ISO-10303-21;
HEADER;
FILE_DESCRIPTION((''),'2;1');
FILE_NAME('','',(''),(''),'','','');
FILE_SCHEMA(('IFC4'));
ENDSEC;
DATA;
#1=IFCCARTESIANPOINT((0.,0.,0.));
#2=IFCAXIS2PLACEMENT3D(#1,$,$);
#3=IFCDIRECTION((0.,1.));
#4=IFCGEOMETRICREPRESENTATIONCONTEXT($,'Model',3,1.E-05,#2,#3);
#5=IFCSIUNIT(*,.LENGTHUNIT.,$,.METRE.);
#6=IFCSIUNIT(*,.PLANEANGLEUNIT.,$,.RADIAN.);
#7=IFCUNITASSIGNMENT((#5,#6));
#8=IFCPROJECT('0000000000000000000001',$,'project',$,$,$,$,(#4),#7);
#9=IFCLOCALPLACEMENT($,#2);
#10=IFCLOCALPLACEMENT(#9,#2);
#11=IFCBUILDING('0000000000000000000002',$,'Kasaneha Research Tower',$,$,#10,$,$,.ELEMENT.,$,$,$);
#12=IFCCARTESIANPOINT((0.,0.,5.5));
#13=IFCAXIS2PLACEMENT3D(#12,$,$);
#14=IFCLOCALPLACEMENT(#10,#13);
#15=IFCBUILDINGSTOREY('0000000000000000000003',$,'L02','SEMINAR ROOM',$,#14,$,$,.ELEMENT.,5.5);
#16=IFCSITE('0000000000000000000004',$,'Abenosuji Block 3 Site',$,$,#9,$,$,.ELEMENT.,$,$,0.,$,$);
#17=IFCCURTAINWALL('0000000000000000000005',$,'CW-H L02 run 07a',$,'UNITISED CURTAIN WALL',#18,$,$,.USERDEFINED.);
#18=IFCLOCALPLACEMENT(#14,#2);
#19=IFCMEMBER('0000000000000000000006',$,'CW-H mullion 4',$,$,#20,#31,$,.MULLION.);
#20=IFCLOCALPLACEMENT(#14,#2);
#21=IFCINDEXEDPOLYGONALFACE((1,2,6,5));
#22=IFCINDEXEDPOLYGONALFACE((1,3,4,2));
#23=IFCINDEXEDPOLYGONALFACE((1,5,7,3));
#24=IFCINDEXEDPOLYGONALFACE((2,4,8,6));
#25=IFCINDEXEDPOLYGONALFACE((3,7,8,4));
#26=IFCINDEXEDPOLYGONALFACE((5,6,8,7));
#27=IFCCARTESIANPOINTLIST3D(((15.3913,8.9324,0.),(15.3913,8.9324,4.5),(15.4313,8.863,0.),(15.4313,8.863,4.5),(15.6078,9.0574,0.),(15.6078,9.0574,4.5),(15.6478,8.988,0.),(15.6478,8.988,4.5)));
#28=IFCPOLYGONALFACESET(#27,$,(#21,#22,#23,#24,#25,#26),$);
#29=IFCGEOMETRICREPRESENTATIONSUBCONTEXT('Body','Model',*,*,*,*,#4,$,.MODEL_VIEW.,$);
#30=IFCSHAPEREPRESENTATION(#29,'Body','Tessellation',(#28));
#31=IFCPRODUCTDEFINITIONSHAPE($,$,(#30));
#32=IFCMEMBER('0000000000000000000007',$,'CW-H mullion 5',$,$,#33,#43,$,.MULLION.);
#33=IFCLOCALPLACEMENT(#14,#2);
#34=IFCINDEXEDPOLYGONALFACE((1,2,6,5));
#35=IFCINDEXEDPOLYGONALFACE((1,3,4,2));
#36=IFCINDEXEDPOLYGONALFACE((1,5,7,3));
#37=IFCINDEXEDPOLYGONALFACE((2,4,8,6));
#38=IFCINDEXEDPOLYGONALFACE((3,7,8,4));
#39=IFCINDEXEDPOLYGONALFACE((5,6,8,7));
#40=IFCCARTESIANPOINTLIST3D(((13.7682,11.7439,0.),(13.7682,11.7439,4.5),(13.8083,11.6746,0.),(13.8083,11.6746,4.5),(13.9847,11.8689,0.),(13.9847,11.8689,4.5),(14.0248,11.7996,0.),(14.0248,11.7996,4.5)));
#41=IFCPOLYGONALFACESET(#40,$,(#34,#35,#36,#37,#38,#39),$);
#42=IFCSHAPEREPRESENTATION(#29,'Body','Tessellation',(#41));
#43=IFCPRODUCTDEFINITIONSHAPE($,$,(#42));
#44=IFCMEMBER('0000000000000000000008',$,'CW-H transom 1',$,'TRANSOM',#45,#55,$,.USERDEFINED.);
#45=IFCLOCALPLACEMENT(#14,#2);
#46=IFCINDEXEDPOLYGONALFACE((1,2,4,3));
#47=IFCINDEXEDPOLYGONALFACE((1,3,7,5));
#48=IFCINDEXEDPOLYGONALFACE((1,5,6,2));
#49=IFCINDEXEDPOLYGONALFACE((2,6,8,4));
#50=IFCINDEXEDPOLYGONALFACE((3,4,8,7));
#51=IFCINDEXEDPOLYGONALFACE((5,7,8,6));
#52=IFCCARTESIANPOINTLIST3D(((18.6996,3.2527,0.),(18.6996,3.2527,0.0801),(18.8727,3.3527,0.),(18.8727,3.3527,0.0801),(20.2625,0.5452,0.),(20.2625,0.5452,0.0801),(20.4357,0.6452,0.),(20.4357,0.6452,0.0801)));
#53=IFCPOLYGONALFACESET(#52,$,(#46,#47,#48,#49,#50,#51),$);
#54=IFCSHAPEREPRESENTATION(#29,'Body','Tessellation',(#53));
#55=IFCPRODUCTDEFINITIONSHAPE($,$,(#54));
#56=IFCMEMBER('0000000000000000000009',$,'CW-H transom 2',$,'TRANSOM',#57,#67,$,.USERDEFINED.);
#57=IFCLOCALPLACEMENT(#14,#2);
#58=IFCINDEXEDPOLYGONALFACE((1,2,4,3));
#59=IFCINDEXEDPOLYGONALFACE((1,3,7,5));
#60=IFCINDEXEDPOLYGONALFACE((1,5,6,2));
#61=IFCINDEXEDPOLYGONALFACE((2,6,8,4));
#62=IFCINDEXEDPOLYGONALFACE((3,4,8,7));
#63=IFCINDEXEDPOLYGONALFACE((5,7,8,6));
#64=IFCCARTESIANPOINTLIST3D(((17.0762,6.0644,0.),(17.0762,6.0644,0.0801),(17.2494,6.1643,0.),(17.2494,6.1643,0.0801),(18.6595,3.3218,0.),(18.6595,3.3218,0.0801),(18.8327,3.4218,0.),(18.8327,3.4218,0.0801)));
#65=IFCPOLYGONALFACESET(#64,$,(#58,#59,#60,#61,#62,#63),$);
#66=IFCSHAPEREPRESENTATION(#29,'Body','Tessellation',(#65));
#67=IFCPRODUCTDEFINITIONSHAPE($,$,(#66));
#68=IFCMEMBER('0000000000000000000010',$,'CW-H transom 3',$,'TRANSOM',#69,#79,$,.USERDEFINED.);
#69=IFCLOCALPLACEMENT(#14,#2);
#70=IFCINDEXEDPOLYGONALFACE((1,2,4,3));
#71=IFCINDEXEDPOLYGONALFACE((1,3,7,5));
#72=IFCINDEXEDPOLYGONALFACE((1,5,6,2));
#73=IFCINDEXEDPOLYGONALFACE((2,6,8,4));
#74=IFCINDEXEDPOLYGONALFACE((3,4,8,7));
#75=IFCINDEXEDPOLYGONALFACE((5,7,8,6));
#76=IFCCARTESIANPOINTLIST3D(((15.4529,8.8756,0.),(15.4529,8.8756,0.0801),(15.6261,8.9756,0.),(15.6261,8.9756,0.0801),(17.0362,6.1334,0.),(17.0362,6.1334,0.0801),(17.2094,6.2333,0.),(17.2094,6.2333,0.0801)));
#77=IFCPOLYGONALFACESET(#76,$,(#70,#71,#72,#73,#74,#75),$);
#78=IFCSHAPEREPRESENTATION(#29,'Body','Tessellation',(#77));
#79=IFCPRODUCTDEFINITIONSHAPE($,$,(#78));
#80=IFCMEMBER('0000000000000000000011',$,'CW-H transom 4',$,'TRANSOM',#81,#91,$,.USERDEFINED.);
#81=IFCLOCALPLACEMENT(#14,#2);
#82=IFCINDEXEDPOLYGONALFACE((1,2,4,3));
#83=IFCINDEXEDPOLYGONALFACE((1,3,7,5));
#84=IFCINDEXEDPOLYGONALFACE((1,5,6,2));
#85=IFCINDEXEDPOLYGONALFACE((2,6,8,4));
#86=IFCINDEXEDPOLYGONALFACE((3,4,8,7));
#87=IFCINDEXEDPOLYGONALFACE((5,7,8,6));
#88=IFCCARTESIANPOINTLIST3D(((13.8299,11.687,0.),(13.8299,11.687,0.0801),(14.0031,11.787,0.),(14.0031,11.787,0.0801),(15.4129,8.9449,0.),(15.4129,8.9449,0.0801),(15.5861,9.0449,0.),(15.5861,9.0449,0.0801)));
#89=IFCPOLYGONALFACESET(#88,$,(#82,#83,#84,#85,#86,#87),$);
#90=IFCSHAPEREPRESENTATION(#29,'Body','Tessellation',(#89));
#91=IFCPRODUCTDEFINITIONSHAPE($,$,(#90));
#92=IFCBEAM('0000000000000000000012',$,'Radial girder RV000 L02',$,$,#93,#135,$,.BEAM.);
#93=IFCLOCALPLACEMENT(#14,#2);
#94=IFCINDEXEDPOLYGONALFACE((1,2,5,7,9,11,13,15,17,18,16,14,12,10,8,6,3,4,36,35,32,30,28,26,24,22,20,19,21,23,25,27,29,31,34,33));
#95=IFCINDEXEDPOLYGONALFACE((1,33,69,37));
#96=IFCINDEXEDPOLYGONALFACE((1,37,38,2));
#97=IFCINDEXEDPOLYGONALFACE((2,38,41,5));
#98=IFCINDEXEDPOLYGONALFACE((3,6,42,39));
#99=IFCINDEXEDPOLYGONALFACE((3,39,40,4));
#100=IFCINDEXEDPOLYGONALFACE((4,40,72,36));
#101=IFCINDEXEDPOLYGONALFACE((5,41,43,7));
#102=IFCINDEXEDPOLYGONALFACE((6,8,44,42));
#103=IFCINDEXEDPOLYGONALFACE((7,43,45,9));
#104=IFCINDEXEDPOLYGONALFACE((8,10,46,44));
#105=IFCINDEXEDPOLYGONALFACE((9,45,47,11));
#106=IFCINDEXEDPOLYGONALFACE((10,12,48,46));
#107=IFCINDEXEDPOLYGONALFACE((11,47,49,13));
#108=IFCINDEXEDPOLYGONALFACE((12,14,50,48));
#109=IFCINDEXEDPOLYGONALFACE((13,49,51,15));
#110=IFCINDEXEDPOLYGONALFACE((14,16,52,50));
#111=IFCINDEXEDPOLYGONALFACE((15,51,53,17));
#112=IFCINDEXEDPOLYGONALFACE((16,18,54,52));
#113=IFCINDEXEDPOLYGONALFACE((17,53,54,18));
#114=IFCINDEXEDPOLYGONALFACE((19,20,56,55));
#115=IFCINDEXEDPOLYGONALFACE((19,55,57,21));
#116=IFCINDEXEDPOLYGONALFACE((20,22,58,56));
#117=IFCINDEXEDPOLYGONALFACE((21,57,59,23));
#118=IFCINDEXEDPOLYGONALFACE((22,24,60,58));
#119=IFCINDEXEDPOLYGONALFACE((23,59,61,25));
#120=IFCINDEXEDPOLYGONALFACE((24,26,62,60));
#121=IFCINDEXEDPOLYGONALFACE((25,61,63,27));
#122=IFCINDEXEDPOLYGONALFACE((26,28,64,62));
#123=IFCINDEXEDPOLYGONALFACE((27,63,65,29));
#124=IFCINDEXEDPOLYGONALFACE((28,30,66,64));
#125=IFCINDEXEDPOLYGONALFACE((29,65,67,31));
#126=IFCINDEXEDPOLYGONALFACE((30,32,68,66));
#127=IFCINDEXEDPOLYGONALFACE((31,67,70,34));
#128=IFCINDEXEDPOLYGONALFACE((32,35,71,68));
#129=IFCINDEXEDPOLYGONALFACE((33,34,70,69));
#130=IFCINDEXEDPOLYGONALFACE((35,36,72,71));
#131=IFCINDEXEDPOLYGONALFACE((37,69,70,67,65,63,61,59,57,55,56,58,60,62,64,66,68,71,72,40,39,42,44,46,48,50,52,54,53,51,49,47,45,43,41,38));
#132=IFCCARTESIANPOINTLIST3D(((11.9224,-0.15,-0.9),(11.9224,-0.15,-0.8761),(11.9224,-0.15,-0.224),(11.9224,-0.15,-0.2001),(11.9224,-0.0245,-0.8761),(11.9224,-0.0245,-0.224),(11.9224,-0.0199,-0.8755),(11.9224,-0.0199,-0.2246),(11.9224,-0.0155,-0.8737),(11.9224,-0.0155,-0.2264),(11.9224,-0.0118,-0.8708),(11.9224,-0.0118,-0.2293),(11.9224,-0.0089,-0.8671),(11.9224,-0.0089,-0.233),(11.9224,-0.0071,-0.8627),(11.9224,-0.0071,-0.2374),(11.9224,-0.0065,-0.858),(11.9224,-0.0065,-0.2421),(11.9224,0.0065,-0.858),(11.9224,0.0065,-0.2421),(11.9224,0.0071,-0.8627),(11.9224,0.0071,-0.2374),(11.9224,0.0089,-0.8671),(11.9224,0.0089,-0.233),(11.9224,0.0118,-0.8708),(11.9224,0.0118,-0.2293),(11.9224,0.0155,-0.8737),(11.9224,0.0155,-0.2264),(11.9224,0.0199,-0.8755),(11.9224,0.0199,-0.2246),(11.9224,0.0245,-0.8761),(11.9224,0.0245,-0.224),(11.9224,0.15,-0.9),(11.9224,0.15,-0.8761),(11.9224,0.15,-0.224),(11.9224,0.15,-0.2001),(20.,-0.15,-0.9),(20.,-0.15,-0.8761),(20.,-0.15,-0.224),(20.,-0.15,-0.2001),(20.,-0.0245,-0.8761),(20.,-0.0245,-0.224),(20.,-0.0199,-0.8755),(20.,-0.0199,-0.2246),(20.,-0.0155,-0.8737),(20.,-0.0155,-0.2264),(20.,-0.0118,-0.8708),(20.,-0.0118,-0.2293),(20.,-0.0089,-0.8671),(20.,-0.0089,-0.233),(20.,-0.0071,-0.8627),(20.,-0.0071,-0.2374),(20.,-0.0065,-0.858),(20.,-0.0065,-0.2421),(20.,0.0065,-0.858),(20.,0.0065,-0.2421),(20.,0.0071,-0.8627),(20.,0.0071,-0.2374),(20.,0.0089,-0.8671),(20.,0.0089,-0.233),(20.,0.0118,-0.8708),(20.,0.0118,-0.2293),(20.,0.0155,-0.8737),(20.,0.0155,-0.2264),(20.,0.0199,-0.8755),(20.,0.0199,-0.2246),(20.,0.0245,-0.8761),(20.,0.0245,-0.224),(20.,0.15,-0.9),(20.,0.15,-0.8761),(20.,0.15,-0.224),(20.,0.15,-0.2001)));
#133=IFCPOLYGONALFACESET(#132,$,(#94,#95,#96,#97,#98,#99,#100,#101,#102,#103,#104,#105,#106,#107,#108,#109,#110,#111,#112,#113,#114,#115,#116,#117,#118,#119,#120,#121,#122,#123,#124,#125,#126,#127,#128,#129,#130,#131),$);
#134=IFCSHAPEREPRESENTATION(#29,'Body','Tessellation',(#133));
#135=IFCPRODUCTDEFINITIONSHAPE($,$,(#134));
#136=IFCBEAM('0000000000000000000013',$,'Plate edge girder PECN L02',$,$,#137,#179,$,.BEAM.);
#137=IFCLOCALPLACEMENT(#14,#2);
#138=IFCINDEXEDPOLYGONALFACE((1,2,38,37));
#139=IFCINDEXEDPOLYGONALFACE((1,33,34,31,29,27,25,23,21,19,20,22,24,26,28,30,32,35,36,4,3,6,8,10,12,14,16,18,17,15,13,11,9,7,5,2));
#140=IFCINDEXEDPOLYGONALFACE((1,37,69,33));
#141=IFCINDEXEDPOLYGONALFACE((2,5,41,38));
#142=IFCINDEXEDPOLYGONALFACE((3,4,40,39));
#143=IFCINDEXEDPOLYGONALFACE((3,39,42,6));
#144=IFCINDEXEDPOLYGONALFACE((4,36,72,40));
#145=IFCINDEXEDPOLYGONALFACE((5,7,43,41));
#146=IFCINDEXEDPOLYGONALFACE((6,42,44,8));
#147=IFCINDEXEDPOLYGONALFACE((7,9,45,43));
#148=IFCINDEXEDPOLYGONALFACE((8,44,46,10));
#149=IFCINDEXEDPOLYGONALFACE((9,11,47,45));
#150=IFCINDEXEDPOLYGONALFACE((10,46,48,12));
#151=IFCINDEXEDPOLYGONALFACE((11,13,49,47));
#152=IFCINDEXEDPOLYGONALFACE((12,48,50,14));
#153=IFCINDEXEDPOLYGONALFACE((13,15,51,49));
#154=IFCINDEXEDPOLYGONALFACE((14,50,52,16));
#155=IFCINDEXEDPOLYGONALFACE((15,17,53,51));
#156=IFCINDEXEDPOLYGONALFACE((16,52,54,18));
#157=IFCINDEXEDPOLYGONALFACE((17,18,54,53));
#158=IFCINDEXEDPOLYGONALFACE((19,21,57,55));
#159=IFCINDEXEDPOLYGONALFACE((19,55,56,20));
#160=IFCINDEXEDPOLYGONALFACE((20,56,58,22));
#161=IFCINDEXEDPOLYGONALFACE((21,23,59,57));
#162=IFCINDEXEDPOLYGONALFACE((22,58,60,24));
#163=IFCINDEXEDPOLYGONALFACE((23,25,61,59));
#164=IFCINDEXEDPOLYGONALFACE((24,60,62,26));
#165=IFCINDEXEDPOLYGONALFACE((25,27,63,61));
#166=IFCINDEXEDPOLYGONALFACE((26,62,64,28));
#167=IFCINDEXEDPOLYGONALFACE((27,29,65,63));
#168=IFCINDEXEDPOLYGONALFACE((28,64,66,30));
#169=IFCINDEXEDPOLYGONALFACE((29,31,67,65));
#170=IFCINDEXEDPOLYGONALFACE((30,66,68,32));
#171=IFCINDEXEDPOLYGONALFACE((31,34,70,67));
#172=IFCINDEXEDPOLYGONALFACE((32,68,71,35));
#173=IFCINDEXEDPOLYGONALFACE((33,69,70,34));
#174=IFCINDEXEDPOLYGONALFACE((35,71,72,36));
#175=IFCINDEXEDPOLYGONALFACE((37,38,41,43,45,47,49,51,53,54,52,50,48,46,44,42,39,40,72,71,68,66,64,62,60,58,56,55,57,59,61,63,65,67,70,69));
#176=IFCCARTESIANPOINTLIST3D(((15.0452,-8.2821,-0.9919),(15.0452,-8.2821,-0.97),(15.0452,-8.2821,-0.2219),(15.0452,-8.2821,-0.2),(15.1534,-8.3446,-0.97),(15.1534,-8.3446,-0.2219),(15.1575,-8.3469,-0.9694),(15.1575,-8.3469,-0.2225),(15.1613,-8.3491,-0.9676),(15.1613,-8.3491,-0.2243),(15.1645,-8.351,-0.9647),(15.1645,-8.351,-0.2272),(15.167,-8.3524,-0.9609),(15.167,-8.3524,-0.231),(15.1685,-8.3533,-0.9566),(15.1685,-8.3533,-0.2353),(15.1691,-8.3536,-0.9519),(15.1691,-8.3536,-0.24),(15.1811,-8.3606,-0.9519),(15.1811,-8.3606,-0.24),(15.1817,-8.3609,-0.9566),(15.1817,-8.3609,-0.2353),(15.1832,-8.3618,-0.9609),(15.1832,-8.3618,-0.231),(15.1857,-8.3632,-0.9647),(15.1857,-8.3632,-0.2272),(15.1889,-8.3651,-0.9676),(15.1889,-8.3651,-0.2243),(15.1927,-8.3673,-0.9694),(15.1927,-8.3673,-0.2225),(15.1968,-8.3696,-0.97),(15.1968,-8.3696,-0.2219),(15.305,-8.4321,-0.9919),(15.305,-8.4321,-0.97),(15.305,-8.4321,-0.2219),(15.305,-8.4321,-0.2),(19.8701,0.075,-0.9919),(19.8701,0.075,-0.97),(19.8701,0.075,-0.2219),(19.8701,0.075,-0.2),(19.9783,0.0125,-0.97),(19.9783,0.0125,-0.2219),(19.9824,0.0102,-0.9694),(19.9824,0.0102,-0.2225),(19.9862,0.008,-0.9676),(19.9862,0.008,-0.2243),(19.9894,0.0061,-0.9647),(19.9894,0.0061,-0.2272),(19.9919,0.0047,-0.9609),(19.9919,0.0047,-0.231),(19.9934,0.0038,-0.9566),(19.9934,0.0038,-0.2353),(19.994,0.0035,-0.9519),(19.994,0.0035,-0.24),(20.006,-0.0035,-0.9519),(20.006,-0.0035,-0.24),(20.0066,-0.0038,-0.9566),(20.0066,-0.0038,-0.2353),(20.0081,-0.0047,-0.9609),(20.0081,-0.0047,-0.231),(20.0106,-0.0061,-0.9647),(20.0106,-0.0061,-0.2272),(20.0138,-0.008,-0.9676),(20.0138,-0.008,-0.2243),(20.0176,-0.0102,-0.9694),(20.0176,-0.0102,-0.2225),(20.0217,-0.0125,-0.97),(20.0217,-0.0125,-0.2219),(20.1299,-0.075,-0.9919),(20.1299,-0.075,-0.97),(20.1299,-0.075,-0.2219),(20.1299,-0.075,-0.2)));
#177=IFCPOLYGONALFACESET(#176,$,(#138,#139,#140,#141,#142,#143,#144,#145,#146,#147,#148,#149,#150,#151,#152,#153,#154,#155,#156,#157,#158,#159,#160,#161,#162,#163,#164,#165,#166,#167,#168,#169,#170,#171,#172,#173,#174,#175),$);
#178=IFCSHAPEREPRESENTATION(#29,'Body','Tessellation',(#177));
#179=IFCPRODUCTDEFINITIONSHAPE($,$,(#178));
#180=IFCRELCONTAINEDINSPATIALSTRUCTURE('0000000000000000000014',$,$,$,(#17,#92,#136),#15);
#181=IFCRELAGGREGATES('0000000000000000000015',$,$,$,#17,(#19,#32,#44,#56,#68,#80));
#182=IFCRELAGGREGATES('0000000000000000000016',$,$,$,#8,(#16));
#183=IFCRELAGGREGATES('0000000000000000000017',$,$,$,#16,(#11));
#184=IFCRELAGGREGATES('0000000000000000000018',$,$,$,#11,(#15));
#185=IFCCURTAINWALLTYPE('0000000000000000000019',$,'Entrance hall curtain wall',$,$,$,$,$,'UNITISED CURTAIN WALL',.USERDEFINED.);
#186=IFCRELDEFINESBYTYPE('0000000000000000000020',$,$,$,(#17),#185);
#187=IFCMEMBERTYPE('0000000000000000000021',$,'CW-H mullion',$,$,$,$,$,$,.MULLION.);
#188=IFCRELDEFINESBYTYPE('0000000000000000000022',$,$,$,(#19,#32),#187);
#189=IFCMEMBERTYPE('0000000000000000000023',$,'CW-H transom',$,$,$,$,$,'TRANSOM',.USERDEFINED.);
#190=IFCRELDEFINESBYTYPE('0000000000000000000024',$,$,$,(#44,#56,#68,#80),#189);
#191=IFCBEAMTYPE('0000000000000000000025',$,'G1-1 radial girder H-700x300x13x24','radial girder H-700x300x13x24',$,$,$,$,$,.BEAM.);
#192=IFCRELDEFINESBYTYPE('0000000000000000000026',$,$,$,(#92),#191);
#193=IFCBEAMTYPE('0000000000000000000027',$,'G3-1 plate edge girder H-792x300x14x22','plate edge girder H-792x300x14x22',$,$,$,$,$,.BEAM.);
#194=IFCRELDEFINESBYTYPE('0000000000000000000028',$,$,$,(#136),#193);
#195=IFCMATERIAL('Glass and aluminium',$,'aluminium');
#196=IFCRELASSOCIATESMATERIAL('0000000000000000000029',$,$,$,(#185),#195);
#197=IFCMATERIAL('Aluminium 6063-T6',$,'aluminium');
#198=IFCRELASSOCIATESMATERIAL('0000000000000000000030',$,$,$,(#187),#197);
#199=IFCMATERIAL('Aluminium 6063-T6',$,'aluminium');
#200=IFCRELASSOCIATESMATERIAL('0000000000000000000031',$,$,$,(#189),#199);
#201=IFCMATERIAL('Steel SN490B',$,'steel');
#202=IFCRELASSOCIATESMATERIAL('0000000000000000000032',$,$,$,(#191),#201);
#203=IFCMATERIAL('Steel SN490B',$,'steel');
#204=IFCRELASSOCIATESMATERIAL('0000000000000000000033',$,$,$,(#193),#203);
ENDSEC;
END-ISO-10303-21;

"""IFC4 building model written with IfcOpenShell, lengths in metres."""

from ifc_helpers import new_model, si_unit, direction, frame, origin, origin_2d, place, context, subcontext, project, spatial, rectangle, i_section, extrude, material, material_profile, profile_set, type_object, element, aggregate, save


model = new_model("IFC4")

# Units and contexts
model_context = context("Model", 3, precision=1e-05, world=origin(), true_north=direction((0.0, 1.0)))
body_context = subcontext(model_context, "Body", "Model", "MODEL_VIEW")
ifc_project = project(units=[si_unit("LENGTHUNIT", "METRE"), si_unit("PLANEANGLEUNIT", "RADIAN")], contexts=[model_context])

# Site, building, storey
site_placement = place(None, origin())
site = spatial("IfcSite", under=ifc_project, at=site_placement, Name="Abenosuji Block 3 Site", CompositionType="ELEMENT", RefElevation=0.0)
building_placement = place(site_placement, origin())
building = spatial("IfcBuilding", under=site, at=building_placement, Name="Kasaneha Research Tower", CompositionType="ELEMENT")
storey_placement = place(building_placement, frame((0.0, 0.0, 5.5)))
storey = spatial("IfcBuildingStorey", under=building, at=storey_placement, Name="L02", Description="SEMINAR ROOM", CompositionType="ELEMENT", Elevation=5.5)

# Shared definitions
ifc_material_1 = material(Name="Glass and aluminium", Category="aluminium")
curtain_wall_type = type_object("IfcCurtainWallType", Name="Entrance hall curtain wall", ElementType="UNITISED CURTAIN WALL", PredefinedType="USERDEFINED", material=ifc_material_1)
ifc_material_2 = material(Name="Aluminium 6063-T6", Category="aluminium")
ifc_material_profile_1 = material_profile(ifc_material_2, rectangle(XDim=0.0801, YDim=0.25, at=origin_2d()), Name="CW-H mullion 80x250")
ifc_profile_set_1 = profile_set([ifc_material_profile_1], Name="Aluminium 6063-T6")
member_type_1 = type_object("IfcMemberType", Name="CW-H mullion", PredefinedType="MULLION", material=ifc_profile_set_1)

# Curtain wall, members
curtain_wall_1_placement = place(storey_placement, origin())
curtain_wall_1 = element("IfcCurtainWall", 1, at=curtain_wall_1_placement, inside=storey, type_object=curtain_wall_type, Name="CW-H L02 run 07a", ObjectType="UNITISED CURTAIN WALL", PredefinedType="USERDEFINED")
member_1_placement = place(storey_placement, frame((15.5195, 8.9602, 0.0), z_axis=(0.0, 0.0, 1.0), x_axis=(-0.5, 0.866025, 0.0)))
member_1 = element("IfcMember", 2, at=member_1_placement, type_object=member_type_1, Name="CW-H mullion 4", PredefinedType="MULLION", context=body_context, shape_type="SweptSolid", body=[
    extrude(rectangle(XDim=0.0801, YDim=0.25, at=origin_2d()), origin(), (0.0, 0.0, 1.0), 4.5),
])
member_2_placement = place(storey_placement, frame((13.8965, 11.7717, 0.0), z_axis=(0.0, 0.0, 1.0), x_axis=(-0.5, 0.866025, 0.0)))
member_2 = element("IfcMember", 3, at=member_2_placement, type_object=member_type_1, Name="CW-H mullion 5", PredefinedType="MULLION", context=body_context, shape_type="SweptSolid", body=[
    extrude(rectangle(XDim=0.0801, YDim=0.25, at=origin_2d()), origin(), (0.0, 0.0, 1.0), 4.5),
])
ifc_material_3 = material(Name="Aluminium 6063-T6", Category="aluminium")
ifc_material_profile_2 = material_profile(ifc_material_3, rectangle(XDim=0.2, YDim=0.0801, at=origin_2d()), Name="CW-H transom 200x80")
ifc_profile_set_2 = profile_set([ifc_material_profile_2], Name="Aluminium 6063-T6")
member_type_2 = type_object("IfcMemberType", Name="CW-H transom", ElementType="TRANSOM", PredefinedType="USERDEFINED", material=ifc_profile_set_2)
member_3_placement = place(storey_placement, frame((20.3491, 0.5952, 0.04), z_axis=(-0.499952, 0.866053, 0.0), x_axis=(-0.866053, -0.499952, 0.0)))
member_3 = element("IfcMember", 4, at=member_3_placement, type_object=member_type_2, Name="CW-H transom 1", ObjectType="TRANSOM", PredefinedType="USERDEFINED", context=body_context, shape_type="SweptSolid", body=[
    extrude(rectangle(XDim=0.2, YDim=0.0801, at=origin_2d()), origin(), (0.0, 0.0, 1.0), 3.1262),
])
member_4_placement = place(storey_placement, frame((18.7461, 3.3718, 0.04), z_axis=(-0.499978, 0.866038, 0.0), x_axis=(-0.866038, -0.499978, 0.0)))
member_4 = element("IfcMember", 5, at=member_4_placement, type_object=member_type_2, Name="CW-H transom 2", ObjectType="TRANSOM", PredefinedType="USERDEFINED", context=body_context, shape_type="SweptSolid", body=[
    extrude(rectangle(XDim=0.2, YDim=0.0801, at=origin_2d()), origin(), (0.0, 0.0, 1.0), 3.1667),
])
member_5_placement = place(storey_placement, frame((17.1228, 6.1833, 0.04), z_axis=(-0.500012, 0.866019, 0.0), x_axis=(-0.866019, -0.500012, 0.0)))
member_5 = element("IfcMember", 6, at=member_5_placement, type_object=member_type_2, Name="CW-H transom 3", ObjectType="TRANSOM", PredefinedType="USERDEFINED", context=body_context, shape_type="SweptSolid", body=[
    extrude(rectangle(XDim=0.2, YDim=0.0801, at=origin_2d()), origin(), (0.0, 0.0, 1.0), 3.1665),
])
member_6_placement = place(storey_placement, frame((15.4995, 8.9949, 0.04), z_axis=(-0.499954, 0.866052, 0.0), x_axis=(-0.866052, -0.499954, 0.0)))
member_6 = element("IfcMember", 7, at=member_6_placement, type_object=member_type_2, Name="CW-H transom 4", ObjectType="TRANSOM", PredefinedType="USERDEFINED", context=body_context, shape_type="SweptSolid", body=[
    extrude(rectangle(XDim=0.2, YDim=0.0801, at=origin_2d()), origin(), (0.0, 0.0, 1.0), 3.1663),
])

# Beams
ifc_material_4 = material(Name="Steel SN490B", Category="steel")
ifc_material_profile_3 = material_profile(ifc_material_4, i_section(OverallWidth=0.3, OverallDepth=0.7, WebThickness=0.0129, FlangeThickness=0.0239, FilletRadius=0.0181, at=origin_2d()), Name="H-700x300x13x24")
ifc_profile_set_3 = profile_set([ifc_material_profile_3], Name="Steel SN490B")
beam_type_1 = type_object("IfcBeamType", Name="G1-1 radial girder H-700x300x13x24", Description="radial girder H-700x300x13x24", PredefinedType="BEAM", material=ifc_profile_set_3)
beam_1_placement = place(storey_placement, frame((11.9224, 0.0, -0.55), z_axis=(1.0, 0.0, 0.0), x_axis=(0.0, 1.0, 0.0)))
element("IfcBeam", 8, at=beam_1_placement, inside=storey, type_object=beam_type_1, Name="Radial girder RV000 L02", PredefinedType="BEAM", context=body_context, shape_type="SweptSolid", body=[
    extrude(i_section(OverallWidth=0.3, OverallDepth=0.7, WebThickness=0.0129, FlangeThickness=0.0239, FilletRadius=0.0181, at=origin_2d()), origin(), (0.0, 0.0, 1.0), 8.0776),
])
ifc_material_5 = material(Name="Steel SN490B", Category="steel")
ifc_material_profile_4 = material_profile(ifc_material_5, i_section(OverallWidth=0.3, OverallDepth=0.792, WebThickness=0.0139, FlangeThickness=0.022, FilletRadius=0.0181, at=origin_2d()), Name="H-792x300x14x22")
ifc_profile_set_4 = profile_set([ifc_material_profile_4], Name="Steel SN490B")
beam_type_2 = type_object("IfcBeamType", Name="G3-1 plate edge girder H-792x300x14x22", Description="plate edge girder H-792x300x14x22", PredefinedType="BEAM", material=ifc_profile_set_4)
beam_2_placement = place(storey_placement, frame((20.0, 0.0, -0.5959), z_axis=(-0.499995, -0.866028, 0.0), x_axis=(0.866028, -0.499995, 0.0)))
element("IfcBeam", 9, at=beam_2_placement, inside=storey, type_object=beam_type_2, Name="Plate edge girder PECN L02", PredefinedType="BEAM", context=body_context, shape_type="SweptSolid", body=[
    extrude(i_section(OverallWidth=0.3, OverallDepth=0.792, WebThickness=0.0139, FlangeThickness=0.022, FilletRadius=0.0181, at=origin_2d()), origin(), (0.0, 0.0, 1.0), 9.6499),
])

aggregate(curtain_wall_1, [member_1, member_2, member_3, member_4, member_5, member_6])

save(model, "model.ifc")
